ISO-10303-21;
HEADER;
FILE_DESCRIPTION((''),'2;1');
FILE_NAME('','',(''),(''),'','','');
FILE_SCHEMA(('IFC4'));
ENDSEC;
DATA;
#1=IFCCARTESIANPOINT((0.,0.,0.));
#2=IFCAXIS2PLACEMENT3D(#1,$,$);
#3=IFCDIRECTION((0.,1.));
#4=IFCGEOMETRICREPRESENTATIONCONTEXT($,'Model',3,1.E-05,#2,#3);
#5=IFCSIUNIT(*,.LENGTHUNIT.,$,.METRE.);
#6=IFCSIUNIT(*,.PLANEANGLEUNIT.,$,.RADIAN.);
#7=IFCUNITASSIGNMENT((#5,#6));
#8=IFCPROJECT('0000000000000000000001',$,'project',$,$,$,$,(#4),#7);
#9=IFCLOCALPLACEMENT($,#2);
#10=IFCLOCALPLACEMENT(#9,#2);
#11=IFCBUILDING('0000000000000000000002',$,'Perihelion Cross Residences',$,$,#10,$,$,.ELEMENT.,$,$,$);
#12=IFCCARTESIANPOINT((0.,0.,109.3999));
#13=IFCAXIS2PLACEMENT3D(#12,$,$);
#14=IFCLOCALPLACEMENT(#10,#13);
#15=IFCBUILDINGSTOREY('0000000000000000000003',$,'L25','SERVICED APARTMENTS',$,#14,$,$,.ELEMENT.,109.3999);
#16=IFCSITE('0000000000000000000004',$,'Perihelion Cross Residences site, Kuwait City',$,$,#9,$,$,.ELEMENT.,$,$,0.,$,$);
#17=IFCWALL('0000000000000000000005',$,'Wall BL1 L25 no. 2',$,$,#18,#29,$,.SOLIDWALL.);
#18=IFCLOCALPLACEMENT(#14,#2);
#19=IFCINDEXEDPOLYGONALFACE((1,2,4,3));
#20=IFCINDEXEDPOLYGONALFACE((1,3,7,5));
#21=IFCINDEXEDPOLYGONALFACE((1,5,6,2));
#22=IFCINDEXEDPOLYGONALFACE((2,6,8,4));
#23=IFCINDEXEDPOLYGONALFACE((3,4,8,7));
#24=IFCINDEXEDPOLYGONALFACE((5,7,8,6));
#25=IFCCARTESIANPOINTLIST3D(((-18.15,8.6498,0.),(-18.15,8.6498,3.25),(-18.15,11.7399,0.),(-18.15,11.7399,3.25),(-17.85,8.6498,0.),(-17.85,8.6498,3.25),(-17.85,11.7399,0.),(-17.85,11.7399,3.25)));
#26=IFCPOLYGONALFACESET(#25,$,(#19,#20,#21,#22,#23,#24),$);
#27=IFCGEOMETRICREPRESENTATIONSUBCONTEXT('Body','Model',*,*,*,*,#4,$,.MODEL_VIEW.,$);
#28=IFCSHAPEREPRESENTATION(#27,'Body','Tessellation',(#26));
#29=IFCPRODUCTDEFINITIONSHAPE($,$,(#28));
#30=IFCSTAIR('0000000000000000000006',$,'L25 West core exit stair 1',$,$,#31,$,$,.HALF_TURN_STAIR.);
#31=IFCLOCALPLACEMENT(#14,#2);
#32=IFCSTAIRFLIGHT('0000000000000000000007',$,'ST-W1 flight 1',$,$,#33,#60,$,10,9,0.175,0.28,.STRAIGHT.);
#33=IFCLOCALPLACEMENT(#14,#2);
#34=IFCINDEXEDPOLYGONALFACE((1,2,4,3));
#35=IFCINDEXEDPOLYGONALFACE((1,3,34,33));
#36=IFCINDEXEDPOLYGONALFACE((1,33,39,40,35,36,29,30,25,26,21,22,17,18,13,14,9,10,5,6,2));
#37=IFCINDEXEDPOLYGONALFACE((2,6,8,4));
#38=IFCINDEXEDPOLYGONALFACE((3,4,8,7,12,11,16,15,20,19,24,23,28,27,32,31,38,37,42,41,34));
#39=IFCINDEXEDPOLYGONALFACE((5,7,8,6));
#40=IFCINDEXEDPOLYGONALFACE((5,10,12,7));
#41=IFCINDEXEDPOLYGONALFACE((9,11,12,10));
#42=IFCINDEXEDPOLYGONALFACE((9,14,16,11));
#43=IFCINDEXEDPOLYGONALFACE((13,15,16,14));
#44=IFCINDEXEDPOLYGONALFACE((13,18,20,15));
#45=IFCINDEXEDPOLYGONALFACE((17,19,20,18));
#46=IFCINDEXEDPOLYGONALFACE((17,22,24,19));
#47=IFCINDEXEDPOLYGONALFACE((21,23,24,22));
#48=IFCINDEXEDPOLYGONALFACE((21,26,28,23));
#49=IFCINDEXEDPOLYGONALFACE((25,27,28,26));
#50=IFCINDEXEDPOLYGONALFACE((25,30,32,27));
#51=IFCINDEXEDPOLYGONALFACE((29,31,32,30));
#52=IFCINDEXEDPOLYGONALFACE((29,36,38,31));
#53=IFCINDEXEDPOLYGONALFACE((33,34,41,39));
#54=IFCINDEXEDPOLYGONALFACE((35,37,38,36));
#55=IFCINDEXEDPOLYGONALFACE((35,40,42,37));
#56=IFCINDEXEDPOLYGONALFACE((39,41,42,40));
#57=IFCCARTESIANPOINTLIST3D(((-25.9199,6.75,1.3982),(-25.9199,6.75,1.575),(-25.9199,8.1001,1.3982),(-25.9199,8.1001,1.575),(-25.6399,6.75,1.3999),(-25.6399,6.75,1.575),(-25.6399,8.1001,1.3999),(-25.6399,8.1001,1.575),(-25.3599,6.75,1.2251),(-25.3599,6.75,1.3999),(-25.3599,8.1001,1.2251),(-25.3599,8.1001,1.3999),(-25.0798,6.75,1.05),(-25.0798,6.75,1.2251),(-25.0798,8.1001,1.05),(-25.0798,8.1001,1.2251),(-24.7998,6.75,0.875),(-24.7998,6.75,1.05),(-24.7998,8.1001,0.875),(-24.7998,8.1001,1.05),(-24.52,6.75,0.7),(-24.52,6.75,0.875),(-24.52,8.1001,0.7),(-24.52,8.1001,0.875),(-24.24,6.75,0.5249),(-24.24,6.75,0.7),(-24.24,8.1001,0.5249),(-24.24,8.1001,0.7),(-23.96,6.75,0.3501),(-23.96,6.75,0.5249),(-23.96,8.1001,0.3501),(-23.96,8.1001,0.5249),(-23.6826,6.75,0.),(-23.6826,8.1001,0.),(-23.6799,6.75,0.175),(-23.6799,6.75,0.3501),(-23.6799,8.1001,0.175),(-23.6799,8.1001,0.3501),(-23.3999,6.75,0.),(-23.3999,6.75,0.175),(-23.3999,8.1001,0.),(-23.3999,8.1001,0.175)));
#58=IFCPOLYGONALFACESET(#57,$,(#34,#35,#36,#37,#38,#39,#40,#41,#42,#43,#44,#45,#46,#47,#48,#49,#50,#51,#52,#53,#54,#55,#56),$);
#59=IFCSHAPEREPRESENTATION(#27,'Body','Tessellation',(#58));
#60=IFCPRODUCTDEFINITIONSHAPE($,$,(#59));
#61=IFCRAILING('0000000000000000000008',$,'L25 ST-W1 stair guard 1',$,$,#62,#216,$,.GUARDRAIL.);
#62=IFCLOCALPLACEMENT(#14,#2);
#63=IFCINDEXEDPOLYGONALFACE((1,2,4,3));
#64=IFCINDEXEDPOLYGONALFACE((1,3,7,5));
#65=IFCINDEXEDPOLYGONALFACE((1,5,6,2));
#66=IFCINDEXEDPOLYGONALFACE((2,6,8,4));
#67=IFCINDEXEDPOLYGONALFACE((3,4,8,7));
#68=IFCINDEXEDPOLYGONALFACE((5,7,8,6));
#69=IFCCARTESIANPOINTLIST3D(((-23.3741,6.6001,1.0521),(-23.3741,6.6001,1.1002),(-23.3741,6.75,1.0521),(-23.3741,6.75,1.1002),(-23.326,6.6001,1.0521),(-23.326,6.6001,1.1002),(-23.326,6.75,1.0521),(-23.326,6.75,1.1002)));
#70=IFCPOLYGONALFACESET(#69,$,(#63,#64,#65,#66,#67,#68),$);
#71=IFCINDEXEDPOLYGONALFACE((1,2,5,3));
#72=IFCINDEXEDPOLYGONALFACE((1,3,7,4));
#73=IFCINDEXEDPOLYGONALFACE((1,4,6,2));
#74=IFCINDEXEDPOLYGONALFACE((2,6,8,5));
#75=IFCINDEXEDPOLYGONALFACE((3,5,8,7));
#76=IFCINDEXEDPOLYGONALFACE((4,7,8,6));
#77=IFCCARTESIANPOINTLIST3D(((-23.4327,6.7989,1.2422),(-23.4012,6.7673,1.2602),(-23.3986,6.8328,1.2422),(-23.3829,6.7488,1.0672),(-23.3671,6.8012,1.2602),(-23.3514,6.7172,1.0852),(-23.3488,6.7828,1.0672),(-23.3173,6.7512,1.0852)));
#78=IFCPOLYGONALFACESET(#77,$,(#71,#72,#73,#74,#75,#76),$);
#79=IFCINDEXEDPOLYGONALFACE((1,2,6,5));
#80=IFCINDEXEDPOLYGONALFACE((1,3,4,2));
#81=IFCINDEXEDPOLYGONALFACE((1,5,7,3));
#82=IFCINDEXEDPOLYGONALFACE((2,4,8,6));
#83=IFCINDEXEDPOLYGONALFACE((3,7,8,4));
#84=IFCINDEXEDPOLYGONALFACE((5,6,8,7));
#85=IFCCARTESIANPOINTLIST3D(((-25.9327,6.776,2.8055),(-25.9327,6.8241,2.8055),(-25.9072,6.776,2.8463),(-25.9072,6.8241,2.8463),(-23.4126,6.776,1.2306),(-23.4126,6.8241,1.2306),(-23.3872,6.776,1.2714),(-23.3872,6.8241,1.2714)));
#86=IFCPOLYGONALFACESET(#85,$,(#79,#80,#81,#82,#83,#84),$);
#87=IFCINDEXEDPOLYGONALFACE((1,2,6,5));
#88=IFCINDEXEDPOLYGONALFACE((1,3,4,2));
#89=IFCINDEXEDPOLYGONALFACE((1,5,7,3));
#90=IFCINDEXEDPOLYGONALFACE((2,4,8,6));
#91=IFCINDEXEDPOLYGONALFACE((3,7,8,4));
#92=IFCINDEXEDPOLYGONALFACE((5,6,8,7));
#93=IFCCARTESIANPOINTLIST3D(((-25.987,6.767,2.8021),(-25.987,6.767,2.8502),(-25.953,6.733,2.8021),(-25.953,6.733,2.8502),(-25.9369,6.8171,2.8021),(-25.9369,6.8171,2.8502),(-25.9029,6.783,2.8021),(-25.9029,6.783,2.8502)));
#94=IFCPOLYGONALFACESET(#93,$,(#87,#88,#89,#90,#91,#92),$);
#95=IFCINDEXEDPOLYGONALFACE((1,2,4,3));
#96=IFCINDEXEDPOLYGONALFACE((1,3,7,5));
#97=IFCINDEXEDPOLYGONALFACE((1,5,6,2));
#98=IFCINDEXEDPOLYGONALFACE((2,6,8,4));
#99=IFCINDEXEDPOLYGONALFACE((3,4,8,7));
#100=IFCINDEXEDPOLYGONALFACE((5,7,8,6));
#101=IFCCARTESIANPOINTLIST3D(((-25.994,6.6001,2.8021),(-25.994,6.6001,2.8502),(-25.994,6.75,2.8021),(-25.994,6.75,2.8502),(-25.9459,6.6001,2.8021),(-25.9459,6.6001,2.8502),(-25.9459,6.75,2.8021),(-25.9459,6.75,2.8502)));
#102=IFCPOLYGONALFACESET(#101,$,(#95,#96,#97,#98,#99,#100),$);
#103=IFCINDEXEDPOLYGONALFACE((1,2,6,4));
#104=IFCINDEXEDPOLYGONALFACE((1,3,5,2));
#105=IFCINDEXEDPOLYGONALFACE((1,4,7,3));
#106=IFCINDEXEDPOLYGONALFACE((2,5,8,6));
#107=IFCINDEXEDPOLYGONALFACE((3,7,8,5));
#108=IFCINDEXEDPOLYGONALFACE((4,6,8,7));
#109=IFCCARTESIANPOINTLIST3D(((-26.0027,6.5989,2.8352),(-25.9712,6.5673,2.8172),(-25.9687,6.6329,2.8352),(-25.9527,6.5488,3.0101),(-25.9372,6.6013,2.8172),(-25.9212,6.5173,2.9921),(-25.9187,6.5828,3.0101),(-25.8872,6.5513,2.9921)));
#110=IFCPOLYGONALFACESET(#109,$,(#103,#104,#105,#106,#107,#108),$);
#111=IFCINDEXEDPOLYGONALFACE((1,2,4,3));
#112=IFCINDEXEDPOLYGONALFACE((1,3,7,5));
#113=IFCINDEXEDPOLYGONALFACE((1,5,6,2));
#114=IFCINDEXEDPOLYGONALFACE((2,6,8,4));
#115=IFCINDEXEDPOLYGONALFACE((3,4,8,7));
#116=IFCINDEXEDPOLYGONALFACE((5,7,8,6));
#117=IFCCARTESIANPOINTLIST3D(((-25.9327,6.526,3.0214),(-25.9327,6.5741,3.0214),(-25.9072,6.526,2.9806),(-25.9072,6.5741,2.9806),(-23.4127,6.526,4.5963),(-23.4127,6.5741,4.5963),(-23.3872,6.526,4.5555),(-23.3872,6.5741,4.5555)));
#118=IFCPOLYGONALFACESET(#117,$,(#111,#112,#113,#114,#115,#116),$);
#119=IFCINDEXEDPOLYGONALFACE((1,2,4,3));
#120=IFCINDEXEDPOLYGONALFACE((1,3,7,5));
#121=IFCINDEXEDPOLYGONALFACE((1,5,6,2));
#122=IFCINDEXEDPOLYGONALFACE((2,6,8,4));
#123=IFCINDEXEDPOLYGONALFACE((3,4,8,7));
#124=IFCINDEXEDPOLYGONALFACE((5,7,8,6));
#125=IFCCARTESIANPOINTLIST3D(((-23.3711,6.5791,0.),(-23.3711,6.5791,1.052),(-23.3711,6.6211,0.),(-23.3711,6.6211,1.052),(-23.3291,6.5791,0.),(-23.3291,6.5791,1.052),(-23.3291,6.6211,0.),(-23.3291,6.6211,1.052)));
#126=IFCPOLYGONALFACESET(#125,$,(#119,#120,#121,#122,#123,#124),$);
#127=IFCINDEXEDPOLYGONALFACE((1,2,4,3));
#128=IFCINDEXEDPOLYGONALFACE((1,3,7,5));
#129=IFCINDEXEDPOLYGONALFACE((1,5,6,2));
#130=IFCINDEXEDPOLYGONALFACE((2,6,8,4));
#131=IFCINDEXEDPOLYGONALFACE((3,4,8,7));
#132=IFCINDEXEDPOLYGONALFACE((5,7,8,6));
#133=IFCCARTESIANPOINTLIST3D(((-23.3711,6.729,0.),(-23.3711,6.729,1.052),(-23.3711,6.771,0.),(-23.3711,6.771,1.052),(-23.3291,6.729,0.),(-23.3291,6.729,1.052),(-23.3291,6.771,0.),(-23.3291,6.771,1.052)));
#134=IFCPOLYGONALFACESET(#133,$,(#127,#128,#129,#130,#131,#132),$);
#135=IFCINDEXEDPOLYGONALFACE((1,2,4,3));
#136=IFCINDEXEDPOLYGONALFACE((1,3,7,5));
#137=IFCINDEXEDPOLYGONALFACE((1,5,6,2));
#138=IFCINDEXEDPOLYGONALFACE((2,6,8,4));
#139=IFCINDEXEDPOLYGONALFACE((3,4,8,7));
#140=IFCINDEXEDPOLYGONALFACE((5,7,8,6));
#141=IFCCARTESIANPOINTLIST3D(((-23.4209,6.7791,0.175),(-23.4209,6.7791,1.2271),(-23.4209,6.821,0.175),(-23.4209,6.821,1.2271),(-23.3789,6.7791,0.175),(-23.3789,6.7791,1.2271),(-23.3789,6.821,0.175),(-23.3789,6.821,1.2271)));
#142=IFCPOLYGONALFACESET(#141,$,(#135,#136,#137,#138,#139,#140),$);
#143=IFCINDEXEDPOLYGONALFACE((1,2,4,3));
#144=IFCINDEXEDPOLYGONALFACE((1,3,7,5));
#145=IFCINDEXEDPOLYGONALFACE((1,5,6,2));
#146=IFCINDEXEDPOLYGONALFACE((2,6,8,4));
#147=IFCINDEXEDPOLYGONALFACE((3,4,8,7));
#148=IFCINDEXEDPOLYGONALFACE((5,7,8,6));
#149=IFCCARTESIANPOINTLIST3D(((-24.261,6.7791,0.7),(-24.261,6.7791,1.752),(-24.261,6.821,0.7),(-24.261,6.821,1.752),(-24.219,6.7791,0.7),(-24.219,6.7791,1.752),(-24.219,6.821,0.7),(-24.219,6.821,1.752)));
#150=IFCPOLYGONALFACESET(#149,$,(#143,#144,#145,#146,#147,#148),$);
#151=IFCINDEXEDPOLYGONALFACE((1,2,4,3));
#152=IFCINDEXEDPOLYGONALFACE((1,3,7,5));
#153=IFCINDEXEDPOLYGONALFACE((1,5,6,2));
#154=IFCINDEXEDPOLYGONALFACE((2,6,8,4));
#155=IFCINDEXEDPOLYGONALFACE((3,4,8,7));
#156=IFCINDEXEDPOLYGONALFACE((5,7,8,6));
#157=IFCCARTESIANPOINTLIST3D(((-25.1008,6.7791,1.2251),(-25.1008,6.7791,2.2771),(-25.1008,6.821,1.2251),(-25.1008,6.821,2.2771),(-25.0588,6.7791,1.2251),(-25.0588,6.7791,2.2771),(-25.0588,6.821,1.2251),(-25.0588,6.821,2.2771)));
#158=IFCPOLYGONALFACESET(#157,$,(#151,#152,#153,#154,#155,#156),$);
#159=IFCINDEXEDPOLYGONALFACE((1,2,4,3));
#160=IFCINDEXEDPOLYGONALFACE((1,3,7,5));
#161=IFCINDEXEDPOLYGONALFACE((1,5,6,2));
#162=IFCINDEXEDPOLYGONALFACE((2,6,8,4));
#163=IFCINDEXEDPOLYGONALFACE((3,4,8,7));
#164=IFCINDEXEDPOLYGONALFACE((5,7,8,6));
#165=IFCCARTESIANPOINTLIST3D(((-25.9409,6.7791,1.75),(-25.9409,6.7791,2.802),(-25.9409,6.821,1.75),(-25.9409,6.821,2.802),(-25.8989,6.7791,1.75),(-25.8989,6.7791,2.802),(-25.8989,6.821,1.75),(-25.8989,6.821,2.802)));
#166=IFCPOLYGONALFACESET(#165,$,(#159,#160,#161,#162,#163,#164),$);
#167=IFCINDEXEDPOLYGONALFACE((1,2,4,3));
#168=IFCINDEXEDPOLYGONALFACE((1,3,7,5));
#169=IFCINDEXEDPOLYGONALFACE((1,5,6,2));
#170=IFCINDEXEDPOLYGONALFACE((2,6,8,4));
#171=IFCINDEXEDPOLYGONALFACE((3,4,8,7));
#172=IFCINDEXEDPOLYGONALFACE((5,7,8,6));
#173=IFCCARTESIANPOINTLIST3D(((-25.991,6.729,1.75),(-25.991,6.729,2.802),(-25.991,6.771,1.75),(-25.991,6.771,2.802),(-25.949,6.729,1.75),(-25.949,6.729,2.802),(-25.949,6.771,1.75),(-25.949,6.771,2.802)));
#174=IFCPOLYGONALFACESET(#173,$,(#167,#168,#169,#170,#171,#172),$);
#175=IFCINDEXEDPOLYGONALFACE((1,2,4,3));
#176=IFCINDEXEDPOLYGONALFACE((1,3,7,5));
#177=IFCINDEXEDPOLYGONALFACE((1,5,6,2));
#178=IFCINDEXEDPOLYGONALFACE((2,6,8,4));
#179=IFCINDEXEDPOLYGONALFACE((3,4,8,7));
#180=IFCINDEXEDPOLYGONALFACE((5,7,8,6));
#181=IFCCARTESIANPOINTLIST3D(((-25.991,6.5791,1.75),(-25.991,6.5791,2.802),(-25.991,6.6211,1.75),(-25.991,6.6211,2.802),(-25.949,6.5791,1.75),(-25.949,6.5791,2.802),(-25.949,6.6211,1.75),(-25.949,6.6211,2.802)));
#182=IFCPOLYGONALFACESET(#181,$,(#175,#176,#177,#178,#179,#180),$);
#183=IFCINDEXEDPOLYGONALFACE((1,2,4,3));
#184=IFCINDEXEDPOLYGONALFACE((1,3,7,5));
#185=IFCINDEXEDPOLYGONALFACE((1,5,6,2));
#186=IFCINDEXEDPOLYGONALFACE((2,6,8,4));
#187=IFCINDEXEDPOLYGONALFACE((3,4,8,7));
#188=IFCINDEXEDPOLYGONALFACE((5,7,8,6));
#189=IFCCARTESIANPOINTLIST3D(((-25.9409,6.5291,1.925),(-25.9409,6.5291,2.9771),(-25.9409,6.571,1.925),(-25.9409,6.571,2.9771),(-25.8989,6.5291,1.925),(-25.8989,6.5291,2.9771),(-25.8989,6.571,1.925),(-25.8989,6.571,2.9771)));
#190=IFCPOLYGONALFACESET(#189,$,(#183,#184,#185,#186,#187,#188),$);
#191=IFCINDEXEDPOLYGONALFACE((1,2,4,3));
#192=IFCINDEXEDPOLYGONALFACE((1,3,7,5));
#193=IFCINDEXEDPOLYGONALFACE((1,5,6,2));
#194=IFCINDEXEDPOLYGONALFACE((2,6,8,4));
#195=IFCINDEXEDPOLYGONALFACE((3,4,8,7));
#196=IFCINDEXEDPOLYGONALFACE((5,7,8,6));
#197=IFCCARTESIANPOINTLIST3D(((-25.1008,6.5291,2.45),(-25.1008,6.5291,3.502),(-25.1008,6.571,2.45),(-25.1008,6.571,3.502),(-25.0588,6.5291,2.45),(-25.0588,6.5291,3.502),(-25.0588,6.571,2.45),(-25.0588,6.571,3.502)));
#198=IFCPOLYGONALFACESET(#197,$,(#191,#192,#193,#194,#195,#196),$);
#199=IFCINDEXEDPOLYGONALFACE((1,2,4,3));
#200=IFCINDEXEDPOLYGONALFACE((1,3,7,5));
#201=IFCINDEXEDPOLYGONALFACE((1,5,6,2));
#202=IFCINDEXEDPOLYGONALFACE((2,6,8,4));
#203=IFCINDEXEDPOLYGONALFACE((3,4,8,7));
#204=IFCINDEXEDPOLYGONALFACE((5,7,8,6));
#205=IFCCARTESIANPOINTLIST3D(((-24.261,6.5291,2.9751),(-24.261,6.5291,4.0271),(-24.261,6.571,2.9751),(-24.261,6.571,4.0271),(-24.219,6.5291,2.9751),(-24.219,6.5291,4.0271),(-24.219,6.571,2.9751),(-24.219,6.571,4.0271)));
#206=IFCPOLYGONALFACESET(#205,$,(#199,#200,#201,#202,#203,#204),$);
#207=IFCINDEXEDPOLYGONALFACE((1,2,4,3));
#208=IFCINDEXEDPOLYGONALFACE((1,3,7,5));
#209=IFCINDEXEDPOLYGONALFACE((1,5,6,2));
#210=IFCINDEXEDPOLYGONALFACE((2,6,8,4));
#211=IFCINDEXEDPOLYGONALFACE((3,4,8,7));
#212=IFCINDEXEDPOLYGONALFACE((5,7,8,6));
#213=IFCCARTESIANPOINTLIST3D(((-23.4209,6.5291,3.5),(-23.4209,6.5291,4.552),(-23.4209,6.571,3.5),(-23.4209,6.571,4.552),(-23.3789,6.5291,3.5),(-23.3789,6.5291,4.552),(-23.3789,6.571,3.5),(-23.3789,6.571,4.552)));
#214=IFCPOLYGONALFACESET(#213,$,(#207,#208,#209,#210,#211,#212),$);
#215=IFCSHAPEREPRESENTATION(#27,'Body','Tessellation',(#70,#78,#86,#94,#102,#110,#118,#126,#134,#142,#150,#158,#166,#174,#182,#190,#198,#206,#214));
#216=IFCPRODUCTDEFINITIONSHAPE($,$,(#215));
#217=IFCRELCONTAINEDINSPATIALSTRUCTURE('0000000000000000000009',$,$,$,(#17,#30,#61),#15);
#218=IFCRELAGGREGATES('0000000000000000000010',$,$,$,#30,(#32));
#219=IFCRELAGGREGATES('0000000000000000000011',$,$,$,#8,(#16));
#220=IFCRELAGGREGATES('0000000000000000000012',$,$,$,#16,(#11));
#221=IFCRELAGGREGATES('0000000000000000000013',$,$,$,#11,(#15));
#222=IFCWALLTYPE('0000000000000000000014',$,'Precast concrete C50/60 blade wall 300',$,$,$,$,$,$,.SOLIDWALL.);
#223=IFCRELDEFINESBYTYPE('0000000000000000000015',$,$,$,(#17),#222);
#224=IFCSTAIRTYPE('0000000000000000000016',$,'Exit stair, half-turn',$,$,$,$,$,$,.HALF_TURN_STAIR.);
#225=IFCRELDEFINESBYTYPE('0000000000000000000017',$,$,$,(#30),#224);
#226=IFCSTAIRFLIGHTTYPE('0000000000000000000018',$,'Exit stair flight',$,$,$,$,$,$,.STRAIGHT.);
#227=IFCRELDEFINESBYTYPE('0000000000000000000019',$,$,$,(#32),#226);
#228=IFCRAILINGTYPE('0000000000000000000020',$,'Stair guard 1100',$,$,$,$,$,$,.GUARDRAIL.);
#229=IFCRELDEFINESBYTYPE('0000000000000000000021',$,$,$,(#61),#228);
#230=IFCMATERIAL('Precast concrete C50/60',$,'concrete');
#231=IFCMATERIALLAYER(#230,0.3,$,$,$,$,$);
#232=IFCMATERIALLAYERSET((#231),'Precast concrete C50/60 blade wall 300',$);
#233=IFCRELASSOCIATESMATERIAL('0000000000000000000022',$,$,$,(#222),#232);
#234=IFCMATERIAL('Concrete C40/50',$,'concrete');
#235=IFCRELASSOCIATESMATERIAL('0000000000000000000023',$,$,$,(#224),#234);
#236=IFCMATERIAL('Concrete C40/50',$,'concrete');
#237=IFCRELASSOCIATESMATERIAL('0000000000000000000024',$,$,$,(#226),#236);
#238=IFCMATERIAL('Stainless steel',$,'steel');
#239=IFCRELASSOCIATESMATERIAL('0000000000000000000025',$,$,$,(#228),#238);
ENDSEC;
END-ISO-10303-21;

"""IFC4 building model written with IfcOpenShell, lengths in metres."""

from ifc_helpers import new_model, si_unit, direction, frame, frame_2d, origin, origin_2d, place, context, subcontext, project, spatial, polyline, rectangle, outline, extrude, material, layer, layer_set, type_object, element, aggregate, save


model = new_model("IFC4")

# Units and contexts
model_context = context("Model", 3, precision=1e-05, world=origin(), true_north=direction((0.0, 1.0)))
body_context = subcontext(model_context, "Body", "Model", "MODEL_VIEW")
ifc_project = project(units=[si_unit("LENGTHUNIT", "METRE"), si_unit("PLANEANGLEUNIT", "RADIAN")], contexts=[model_context])

# Site, building, storey
site_placement = place(None, origin())
site = spatial("IfcSite", under=ifc_project, at=site_placement, Name="Perihelion Cross Residences site, Kuwait City", CompositionType="ELEMENT", RefElevation=0.0)
building_placement = place(site_placement, origin())
building = spatial("IfcBuilding", under=site, at=building_placement, Name="Perihelion Cross Residences", CompositionType="ELEMENT")
storey_placement = place(building_placement, frame((0.0, 0.0, 109.3999)))
storey = spatial("IfcBuildingStorey", under=building, at=storey_placement, Name="L25", Description="SERVICED APARTMENTS", CompositionType="ELEMENT", Elevation=109.3999)

# Wall
ifc_material_1 = material(Name="Precast concrete C50/60", Category="concrete")
ifc_layer_1 = layer(ifc_material_1, 0.3)
ifc_layer_set_1 = layer_set([ifc_layer_1], Name="Precast concrete C50/60 blade wall 300")
wall_type_1 = type_object("IfcWallType", Name="Precast concrete C50/60 blade wall 300", PredefinedType="SOLIDWALL", material=ifc_layer_set_1)
wall_1_placement = place(storey_placement, frame((-18.0, 8.6499, 0.0), z_axis=(0.0, 0.0, 1.0), x_axis=(0.0, 1.0, 0.0)))
element("IfcWall", 1, at=wall_1_placement, inside=storey, type_object=wall_type_1, Name="Wall BL1 L25 no. 2", PredefinedType="SOLIDWALL", context=body_context, shape_type="SweptSolid", body=[
    extrude(rectangle(XDim=3.0901, YDim=0.3, at=frame_2d((1.5449, 0.0))), origin(), (0.0, 0.0, 1.0), 3.25),
])

# Stair, stair flight
ifc_material_2 = material(Name="Concrete C40/50", Category="concrete")
stair_type = type_object("IfcStairType", Name="Exit stair, half-turn", PredefinedType="HALF_TURN_STAIR", material=ifc_material_2)
stair_placement = place(storey_placement, origin())
stair = element("IfcStair", 2, at=stair_placement, inside=storey, type_object=stair_type, Name="L25 West core exit stair 1", PredefinedType="HALF_TURN_STAIR")
ifc_material_3 = material(Name="Concrete C40/50", Category="concrete")
stair_flight_type = type_object("IfcStairFlightType", Name="Exit stair flight", PredefinedType="STRAIGHT", material=ifc_material_3)
stair_flight_placement = place(storey_placement, frame((-23.3999, 7.425, 0.0), z_axis=(0.0, 0.0, 1.0), x_axis=(-1.0, 0.0, 0.0)))
stair_flight = element("IfcStairFlight", 3, at=stair_flight_placement, type_object=stair_flight_type, Name="ST-W1 flight 1", NumberOfRisers=10, NumberOfTreads=9, PredefinedType="STRAIGHT", RiserHeight=0.175, TreadLength=0.28, context=body_context, shape_type="SweptSolid", body=[
    extrude(outline(polyline([(0.0, 0.0), (0.0, 0.175), (0.28, 0.175), (0.28, 0.3501), (0.5601, 0.3501), (0.5601, 0.5249), (0.8401, 0.5249), (0.8401, 0.7), (1.1201, 0.7), (1.1201, 0.875), (1.3999, 0.875), (1.3999, 1.05), (1.6799, 1.05), (1.6799, 1.2251), (1.96, 1.2251), (1.96, 1.3999), (2.24, 1.3999), (2.24, 1.575), (2.52, 1.575), (2.52, 1.75), (2.52, 1.3982), (0.2827, 0.0), (0.0, 0.0)])), frame((0.0, 0.675, 0.0), z_axis=(0.0, -1.0, 0.0), x_axis=(1.0, 0.0, 0.0)), (0.0, 0.0, 1.0), 1.3501),
])
aggregate(stair, [stair_flight])

# Railing
ifc_material_4 = material(Name="Stainless steel", Category="steel")
railing_type_1 = type_object("IfcRailingType", Name="Stair guard 1100", PredefinedType="GUARDRAIL", material=ifc_material_4)
railing_1_placement = place(storey_placement, frame((-23.3501, 6.6001, 0.0)))
element("IfcRailing", 4, at=railing_1_placement, inside=storey, type_object=railing_type_1, Name="L25 ST-W1 stair guard 1", PredefinedType="GUARDRAIL", context=body_context, shape_type="SweptSolid", body=[
    extrude(rectangle(XDim=0.0481, YDim=0.0481, at=origin_2d()), frame((0.0, 0.0, 1.0762), z_axis=(0.0, 1.0, 0.0), x_axis=(-1.0, 0.0, 0.0)), (0.0, 0.0, 1.0), 0.1499),
    extrude(rectangle(XDim=0.0481, YDim=0.0481, at=origin_2d()), frame((0.0, 0.1499, 1.0762), z_axis=(-0.263862, 0.265156, 0.927399), x_axis=(-0.708834, -0.705376, 0.0)), (0.0, 0.0, 1.0), 0.1887),
    extrude(rectangle(XDim=0.0481, YDim=0.0481, at=origin_2d()), frame((-0.0498, 0.2, 1.251), z_axis=(-0.848008, 0.0, 0.529984), x_axis=(0.0, -1.0, 0.0)), (0.0, 0.0, 1.0), 2.9717),
    extrude(rectangle(XDim=0.0481, YDim=0.0481, at=origin_2d()), frame((-2.5698, 0.2, 2.8262), z_axis=(-0.707107, -0.707107, 0.0), x_axis=(0.707107, -0.707107, 0.0)), (0.0, 0.0, 1.0), 0.0708),
    extrude(rectangle(XDim=0.0481, YDim=0.0481, at=origin_2d()), frame((-2.6199, 0.1499, 2.8262), z_axis=(0.0, -1.0, 0.0), x_axis=(1.0, 0.0, 0.0)), (0.0, 0.0, 1.0), 0.1499),
    extrude(rectangle(XDim=0.0481, YDim=0.0481, at=origin_2d()), frame((-2.6199, 0.0, 2.8262), z_axis=(0.265065, -0.265065, 0.927082), x_axis=(0.707107, 0.707107, 0.0)), (0.0, 0.0, 1.0), 0.1887),
    extrude(rectangle(XDim=0.0481, YDim=0.0481, at=origin_2d()), frame((-2.5698, -0.05, 3.001), z_axis=(0.848008, 0.0, 0.529984), x_axis=(0.0, 1.0, 0.0)), (0.0, 0.0, 1.0), 2.9717),
    extrude(rectangle(XDim=0.042, YDim=0.042, at=origin_2d()), origin(), (0.0, 0.0, 1.0), 1.052),
    extrude(rectangle(XDim=0.042, YDim=0.042, at=origin_2d()), frame((0.0, 0.1499, 0.0)), (0.0, 0.0, 1.0), 1.052),
    extrude(rectangle(XDim=0.042, YDim=0.042, at=origin_2d()), frame((-0.0498, 0.2, 0.175)), (0.0, 0.0, 1.0), 1.052),
    extrude(rectangle(XDim=0.042, YDim=0.042, at=origin_2d()), frame((-0.8899, 0.2, 0.7)), (0.0, 0.0, 1.0), 1.052),
    extrude(rectangle(XDim=0.042, YDim=0.042, at=origin_2d()), frame((-1.7297, 0.2, 1.2251)), (0.0, 0.0, 1.0), 1.052),
    extrude(rectangle(XDim=0.042, YDim=0.042, at=origin_2d()), frame((-2.5698, 0.2, 1.75)), (0.0, 0.0, 1.0), 1.052),
    extrude(rectangle(XDim=0.042, YDim=0.042, at=origin_2d()), frame((-2.6199, 0.1499, 1.75)), (0.0, 0.0, 1.0), 1.052),
    extrude(rectangle(XDim=0.042, YDim=0.042, at=origin_2d()), frame((-2.6199, 0.0, 1.75)), (0.0, 0.0, 1.0), 1.052),
    extrude(rectangle(XDim=0.042, YDim=0.042, at=origin_2d()), frame((-2.5698, -0.05, 1.925)), (0.0, 0.0, 1.0), 1.052),
    extrude(rectangle(XDim=0.042, YDim=0.042, at=origin_2d()), frame((-1.7297, -0.05, 2.45)), (0.0, 0.0, 1.0), 1.052),
    extrude(rectangle(XDim=0.042, YDim=0.042, at=origin_2d()), frame((-0.8899, -0.05, 2.9751)), (0.0, 0.0, 1.0), 1.052),
    extrude(rectangle(XDim=0.042, YDim=0.042, at=origin_2d()), frame((-0.0498, -0.05, 3.5)), (0.0, 0.0, 1.0), 1.052),
])

save(model, "model.ifc")
